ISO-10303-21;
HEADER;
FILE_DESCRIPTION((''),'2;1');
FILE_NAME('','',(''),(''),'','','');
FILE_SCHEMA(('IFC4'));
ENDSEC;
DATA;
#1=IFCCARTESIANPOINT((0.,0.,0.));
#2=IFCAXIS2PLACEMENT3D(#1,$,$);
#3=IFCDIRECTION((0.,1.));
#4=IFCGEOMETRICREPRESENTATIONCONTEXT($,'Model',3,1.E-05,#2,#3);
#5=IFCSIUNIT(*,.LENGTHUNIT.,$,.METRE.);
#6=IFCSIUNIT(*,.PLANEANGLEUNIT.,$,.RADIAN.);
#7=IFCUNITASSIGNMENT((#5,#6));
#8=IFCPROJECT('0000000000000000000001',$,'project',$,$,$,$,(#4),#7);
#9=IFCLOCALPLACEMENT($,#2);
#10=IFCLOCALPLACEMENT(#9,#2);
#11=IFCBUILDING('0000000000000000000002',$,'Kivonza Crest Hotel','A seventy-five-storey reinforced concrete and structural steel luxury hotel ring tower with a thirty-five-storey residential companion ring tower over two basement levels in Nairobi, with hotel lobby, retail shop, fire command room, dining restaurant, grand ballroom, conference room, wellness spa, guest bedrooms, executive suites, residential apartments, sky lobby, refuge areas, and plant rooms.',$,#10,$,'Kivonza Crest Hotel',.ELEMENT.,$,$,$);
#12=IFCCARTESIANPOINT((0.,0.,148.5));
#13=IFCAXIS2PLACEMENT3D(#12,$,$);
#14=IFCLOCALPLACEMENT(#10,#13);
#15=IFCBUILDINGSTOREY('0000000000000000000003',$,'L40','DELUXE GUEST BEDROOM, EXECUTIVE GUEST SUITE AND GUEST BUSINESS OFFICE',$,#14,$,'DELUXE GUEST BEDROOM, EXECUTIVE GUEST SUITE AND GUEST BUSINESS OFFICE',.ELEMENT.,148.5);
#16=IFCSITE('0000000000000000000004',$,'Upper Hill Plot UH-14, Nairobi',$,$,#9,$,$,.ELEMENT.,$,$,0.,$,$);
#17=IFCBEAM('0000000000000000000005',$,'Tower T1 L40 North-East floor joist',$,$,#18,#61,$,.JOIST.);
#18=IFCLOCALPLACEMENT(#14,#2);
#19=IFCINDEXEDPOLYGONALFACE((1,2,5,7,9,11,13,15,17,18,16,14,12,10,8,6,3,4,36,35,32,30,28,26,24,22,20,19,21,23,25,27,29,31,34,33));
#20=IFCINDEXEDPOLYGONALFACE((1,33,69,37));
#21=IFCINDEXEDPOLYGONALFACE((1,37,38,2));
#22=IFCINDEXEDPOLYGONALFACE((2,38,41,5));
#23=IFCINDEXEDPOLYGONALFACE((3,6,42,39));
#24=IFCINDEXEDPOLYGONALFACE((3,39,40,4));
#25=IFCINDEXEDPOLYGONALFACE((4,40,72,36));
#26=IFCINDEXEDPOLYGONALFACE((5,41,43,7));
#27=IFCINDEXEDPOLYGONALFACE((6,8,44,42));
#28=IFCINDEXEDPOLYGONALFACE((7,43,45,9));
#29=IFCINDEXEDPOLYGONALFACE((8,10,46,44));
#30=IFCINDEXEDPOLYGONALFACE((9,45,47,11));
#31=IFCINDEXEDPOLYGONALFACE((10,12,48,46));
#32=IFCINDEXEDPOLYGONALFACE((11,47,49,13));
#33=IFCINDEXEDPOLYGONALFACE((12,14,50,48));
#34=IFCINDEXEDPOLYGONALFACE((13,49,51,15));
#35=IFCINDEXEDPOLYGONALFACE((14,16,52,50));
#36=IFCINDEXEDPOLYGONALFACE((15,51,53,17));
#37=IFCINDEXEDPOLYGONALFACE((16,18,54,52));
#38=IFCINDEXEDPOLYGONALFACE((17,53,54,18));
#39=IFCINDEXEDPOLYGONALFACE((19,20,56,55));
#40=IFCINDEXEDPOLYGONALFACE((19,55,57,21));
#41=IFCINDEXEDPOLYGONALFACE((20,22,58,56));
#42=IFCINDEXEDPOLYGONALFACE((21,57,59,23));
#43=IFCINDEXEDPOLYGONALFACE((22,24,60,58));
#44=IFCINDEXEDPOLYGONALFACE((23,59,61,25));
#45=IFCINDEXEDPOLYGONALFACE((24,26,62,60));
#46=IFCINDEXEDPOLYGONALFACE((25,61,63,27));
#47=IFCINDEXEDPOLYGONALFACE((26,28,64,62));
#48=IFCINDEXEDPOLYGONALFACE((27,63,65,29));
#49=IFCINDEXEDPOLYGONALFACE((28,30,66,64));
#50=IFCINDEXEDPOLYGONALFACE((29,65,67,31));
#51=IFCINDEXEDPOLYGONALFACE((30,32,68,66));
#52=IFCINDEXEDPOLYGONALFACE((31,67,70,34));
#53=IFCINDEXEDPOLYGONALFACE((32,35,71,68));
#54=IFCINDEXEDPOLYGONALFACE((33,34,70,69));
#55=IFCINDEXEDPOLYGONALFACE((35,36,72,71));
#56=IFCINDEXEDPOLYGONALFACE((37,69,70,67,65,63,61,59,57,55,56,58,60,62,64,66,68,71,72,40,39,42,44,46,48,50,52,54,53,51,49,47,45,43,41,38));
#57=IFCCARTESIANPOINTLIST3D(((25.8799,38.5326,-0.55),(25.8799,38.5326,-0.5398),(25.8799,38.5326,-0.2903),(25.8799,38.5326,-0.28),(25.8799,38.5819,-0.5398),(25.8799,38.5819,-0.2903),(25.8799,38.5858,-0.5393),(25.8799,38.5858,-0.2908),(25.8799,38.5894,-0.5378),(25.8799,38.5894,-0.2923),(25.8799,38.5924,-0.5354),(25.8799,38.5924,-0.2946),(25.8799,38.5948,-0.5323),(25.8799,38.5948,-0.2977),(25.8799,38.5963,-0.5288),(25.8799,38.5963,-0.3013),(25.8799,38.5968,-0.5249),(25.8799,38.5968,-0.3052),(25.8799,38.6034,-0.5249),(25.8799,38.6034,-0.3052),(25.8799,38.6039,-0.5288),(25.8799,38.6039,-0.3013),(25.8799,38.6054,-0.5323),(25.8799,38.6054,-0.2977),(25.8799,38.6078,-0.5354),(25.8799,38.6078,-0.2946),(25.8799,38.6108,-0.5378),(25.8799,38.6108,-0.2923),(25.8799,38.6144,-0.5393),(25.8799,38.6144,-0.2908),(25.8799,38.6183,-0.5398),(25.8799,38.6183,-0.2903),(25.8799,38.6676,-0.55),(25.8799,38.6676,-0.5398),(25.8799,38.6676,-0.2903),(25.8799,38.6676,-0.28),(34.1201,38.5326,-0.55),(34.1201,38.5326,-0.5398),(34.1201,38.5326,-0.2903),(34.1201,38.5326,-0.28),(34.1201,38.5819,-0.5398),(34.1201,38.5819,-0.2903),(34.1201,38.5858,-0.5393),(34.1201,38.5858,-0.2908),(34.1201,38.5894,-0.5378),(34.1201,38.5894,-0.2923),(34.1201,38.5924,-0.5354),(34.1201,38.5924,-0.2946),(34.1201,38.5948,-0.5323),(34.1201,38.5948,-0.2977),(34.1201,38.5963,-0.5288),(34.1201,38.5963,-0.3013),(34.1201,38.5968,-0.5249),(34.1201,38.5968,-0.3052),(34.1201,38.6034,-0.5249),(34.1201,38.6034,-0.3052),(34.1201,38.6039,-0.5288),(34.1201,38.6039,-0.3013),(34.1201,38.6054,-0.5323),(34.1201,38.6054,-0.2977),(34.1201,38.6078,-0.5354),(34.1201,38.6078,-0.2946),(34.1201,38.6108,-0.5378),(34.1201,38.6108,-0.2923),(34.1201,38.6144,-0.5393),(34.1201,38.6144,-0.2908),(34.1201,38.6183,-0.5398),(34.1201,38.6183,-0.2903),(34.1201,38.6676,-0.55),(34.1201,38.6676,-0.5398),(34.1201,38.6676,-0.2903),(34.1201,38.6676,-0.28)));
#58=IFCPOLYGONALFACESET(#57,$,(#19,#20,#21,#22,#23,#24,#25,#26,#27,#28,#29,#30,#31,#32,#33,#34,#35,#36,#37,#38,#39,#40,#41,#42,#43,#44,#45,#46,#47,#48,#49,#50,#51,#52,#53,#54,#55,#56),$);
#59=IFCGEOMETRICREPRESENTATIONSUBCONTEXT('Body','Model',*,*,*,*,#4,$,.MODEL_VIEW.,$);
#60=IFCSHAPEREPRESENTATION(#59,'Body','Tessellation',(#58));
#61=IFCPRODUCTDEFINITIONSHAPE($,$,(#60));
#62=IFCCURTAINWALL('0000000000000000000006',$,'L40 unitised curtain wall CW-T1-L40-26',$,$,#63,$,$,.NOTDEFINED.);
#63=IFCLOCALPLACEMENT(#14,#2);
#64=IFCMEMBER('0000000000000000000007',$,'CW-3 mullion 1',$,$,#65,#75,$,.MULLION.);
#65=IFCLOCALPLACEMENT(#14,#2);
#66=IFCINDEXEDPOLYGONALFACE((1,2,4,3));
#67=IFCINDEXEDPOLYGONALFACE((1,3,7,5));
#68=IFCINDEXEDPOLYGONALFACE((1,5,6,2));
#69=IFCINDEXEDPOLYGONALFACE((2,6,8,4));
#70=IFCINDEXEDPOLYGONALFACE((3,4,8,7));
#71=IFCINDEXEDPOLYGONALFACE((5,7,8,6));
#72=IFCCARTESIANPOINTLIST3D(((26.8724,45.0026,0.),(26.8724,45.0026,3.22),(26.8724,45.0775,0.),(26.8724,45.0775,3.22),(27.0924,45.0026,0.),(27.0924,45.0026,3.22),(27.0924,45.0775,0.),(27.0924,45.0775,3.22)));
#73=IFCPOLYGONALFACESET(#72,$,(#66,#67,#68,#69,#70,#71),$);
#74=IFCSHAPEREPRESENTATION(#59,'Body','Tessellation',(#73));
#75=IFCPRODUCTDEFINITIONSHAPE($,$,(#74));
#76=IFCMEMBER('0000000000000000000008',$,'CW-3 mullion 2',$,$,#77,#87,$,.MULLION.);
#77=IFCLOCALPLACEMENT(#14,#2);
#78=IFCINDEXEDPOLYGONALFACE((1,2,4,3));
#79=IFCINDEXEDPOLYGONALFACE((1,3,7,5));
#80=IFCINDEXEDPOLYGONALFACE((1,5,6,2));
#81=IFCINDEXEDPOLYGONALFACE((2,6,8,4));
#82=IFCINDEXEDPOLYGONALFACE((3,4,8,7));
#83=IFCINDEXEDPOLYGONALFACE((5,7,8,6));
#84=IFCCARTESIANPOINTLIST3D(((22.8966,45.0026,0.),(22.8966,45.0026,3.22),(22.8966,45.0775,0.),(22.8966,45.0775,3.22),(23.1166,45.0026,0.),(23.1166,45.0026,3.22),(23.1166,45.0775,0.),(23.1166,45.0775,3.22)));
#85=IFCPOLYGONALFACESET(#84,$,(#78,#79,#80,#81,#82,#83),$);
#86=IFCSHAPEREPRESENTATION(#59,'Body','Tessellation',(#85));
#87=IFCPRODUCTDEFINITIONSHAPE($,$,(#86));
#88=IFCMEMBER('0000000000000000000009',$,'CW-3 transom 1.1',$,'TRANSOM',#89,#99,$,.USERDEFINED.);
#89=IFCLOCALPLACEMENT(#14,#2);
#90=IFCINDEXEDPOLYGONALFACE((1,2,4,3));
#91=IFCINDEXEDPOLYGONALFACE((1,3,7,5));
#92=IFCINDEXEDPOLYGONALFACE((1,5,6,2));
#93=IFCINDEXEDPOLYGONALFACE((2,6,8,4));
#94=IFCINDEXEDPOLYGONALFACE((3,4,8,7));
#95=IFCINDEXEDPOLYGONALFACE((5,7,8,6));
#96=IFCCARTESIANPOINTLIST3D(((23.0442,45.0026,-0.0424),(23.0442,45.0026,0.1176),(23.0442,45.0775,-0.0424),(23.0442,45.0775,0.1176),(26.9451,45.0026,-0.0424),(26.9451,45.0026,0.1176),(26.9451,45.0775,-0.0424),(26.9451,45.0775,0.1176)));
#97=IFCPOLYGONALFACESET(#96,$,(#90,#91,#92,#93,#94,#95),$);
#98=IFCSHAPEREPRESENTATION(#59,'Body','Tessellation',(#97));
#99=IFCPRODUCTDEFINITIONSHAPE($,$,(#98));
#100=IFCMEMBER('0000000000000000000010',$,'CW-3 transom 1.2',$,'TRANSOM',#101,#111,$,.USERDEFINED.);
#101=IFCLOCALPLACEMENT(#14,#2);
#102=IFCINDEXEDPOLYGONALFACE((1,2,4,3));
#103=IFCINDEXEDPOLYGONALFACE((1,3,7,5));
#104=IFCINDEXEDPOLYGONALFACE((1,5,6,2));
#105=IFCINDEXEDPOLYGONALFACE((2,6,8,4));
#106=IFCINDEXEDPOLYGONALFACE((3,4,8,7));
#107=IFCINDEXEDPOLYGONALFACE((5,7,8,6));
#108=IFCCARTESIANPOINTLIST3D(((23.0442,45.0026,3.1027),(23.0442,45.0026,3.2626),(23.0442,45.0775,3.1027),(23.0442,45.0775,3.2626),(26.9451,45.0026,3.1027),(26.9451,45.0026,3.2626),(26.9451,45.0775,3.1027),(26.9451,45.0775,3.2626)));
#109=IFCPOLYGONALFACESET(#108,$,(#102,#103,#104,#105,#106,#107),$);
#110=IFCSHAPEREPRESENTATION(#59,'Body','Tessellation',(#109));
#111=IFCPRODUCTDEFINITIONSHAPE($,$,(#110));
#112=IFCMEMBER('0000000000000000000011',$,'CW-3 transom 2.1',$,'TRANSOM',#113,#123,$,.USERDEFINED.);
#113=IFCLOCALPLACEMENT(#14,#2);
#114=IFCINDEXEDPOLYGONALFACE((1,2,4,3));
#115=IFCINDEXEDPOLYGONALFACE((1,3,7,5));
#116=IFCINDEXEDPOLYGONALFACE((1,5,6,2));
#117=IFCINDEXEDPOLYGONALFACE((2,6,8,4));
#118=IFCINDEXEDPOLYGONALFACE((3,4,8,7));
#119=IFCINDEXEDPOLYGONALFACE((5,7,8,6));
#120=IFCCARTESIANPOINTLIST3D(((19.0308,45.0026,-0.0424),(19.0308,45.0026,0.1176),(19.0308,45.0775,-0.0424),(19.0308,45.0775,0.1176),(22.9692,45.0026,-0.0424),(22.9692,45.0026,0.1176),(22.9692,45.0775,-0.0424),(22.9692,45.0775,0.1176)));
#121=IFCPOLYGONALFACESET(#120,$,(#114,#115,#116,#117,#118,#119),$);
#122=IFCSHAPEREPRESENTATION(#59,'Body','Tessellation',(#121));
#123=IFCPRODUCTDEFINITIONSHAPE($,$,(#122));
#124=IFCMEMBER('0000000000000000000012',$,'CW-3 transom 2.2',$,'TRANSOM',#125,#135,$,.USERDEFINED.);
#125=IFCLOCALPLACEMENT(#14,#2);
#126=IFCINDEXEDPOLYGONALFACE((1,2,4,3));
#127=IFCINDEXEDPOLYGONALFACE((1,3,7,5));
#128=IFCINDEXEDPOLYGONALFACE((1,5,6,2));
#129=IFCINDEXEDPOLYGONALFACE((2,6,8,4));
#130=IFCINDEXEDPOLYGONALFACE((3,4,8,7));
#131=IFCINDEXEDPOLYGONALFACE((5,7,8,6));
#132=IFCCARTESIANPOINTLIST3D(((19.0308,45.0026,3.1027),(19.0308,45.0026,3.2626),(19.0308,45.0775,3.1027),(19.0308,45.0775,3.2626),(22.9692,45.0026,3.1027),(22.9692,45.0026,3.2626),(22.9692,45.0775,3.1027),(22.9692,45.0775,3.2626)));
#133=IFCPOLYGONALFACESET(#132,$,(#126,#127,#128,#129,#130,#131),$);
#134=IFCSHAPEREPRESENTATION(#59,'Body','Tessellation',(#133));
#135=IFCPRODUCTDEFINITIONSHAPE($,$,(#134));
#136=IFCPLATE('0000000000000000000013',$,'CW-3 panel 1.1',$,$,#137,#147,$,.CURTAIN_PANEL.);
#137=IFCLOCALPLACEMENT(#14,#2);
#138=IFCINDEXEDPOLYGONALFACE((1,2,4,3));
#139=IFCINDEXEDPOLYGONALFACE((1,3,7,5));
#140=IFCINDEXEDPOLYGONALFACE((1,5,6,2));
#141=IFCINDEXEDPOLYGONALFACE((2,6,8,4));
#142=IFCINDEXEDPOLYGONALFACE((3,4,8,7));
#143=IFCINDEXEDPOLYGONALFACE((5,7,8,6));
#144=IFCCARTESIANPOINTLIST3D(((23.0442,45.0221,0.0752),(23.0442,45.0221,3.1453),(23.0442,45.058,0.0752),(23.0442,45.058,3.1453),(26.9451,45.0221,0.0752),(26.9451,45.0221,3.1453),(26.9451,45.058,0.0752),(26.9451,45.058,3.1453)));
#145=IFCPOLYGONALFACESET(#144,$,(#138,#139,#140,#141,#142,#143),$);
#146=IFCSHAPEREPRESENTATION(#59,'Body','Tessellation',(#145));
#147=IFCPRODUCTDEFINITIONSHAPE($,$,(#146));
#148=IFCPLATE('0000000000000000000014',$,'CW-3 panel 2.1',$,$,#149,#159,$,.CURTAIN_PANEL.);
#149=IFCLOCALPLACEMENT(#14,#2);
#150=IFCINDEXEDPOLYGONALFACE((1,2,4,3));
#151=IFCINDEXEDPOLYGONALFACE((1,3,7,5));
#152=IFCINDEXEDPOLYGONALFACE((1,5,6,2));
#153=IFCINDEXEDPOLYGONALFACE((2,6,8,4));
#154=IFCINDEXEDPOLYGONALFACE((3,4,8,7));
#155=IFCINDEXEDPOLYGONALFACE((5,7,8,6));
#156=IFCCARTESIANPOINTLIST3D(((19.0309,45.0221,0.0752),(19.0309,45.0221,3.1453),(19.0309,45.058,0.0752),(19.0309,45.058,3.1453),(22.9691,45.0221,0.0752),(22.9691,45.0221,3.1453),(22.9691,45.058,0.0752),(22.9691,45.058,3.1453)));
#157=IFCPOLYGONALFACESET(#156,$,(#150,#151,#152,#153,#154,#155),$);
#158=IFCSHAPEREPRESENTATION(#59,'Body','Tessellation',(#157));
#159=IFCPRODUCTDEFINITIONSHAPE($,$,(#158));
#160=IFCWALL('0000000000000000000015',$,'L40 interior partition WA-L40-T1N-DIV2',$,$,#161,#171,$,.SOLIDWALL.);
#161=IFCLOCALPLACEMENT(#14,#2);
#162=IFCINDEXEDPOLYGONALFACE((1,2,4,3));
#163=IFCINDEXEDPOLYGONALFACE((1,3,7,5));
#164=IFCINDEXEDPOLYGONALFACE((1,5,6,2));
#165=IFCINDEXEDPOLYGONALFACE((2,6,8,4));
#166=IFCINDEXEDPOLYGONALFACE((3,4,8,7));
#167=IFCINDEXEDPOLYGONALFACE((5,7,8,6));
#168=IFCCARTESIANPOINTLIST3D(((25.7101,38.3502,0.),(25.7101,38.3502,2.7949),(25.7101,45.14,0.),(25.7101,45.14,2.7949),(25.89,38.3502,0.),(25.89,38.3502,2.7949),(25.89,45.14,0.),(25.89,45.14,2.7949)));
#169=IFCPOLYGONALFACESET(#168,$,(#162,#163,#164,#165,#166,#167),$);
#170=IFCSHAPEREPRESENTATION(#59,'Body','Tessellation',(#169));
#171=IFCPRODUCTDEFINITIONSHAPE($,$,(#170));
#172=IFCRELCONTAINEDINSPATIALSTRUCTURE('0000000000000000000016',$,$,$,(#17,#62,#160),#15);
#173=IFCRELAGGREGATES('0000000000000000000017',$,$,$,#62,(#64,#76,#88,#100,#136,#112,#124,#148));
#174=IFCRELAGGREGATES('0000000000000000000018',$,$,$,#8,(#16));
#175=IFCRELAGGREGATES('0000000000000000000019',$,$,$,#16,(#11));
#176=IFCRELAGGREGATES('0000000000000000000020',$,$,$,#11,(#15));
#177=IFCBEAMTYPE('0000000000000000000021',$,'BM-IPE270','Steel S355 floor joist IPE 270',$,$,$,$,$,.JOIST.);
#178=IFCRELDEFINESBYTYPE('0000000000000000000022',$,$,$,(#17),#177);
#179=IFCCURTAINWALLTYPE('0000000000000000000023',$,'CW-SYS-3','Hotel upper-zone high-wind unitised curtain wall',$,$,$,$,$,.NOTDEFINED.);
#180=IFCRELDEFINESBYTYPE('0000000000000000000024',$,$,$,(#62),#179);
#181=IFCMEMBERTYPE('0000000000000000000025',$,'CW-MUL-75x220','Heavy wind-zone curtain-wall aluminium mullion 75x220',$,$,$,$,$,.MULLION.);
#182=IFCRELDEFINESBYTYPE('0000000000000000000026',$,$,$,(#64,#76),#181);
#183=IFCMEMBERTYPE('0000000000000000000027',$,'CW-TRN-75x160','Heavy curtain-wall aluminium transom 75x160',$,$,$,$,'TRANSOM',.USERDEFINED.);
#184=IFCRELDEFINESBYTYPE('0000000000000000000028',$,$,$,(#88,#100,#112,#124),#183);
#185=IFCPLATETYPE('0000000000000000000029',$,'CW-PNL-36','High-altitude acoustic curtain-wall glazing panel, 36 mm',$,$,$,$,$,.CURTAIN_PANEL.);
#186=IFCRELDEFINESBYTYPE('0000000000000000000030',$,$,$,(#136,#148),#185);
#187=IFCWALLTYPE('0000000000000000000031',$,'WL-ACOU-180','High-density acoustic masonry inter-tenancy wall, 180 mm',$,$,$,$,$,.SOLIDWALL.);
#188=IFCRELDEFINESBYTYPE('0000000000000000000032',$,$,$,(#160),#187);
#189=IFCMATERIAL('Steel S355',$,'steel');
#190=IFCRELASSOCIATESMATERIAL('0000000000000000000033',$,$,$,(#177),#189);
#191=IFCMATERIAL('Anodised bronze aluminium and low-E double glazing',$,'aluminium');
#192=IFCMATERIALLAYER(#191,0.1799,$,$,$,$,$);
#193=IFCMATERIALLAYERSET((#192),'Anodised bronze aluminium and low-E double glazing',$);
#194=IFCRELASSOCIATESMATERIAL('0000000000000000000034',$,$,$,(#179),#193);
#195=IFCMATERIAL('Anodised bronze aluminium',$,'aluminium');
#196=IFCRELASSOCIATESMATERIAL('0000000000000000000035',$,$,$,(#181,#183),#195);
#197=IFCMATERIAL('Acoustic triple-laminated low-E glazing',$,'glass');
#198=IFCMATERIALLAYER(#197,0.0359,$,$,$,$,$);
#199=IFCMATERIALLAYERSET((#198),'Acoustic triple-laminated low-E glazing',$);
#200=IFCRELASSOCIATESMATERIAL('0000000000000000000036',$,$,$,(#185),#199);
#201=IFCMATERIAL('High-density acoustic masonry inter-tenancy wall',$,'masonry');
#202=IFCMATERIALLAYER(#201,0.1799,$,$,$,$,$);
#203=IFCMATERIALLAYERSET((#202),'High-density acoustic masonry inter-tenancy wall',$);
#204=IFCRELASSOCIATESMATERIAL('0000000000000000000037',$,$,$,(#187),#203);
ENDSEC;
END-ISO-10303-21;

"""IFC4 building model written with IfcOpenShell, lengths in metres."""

from ifc_helpers import new_model, si_unit, direction, frame, frame_2d, origin, origin_2d, place, context, subcontext, project, spatial, rectangle, i_section, extrude, material, layer, layer_set, material_profile, profile_set, type_object, element, aggregate, save


model = new_model("IFC4")

# Units and contexts
model_context = context("Model", 3, precision=1e-05, world=origin(), true_north=direction((0.0, 1.0)))
body_context = subcontext(model_context, "Body", "Model", "MODEL_VIEW")
ifc_project = project(units=[si_unit("LENGTHUNIT", "METRE"), si_unit("PLANEANGLEUNIT", "RADIAN")], contexts=[model_context])

# Site, building, storey
site_placement = place(None, origin())
site = spatial("IfcSite", under=ifc_project, at=site_placement, Name="Upper Hill Plot UH-14, Nairobi", CompositionType="ELEMENT", RefElevation=0.0)
building_placement = place(site_placement, origin())
building = spatial("IfcBuilding", under=site, at=building_placement, Name="Kivonza Crest Hotel", Description="A seventy-five-storey reinforced concrete and structural steel luxury hotel ring tower with a thirty-five-storey residential companion ring tower over two basement levels in Nairobi, with hotel lobby, retail shop, fire command room, dining restaurant, grand ballroom, conference room, wellness spa, guest bedrooms, executive suites, residential apartments, sky lobby, refuge areas, and plant rooms.", LongName="Kivonza Crest Hotel", CompositionType="ELEMENT")
storey_placement = place(building_placement, frame((0.0, 0.0, 148.5)))
storey = spatial("IfcBuildingStorey", under=building, at=storey_placement, Name="L40", Description="DELUXE GUEST BEDROOM, EXECUTIVE GUEST SUITE AND GUEST BUSINESS OFFICE", LongName="DELUXE GUEST BEDROOM, EXECUTIVE GUEST SUITE AND GUEST BUSINESS OFFICE", CompositionType="ELEMENT", Elevation=148.5)

# Beam
ifc_material_1 = material(Name="Steel S355", Category="steel")
ifc_material_profile_1 = material_profile(ifc_material_1, i_section(OverallWidth=0.135, OverallDepth=0.27, WebThickness=0.0066, FlangeThickness=0.0103, FilletRadius=0.0149, at=origin_2d()), Name="IPE 270")
ifc_profile_set_1 = profile_set([ifc_material_profile_1], Name="Steel S355")
beam_type_1 = type_object("IfcBeamType", Name="BM-IPE270", Description="Steel S355 floor joist IPE 270", PredefinedType="JOIST", material=ifc_profile_set_1)
beam_1_placement = place(storey_placement, frame((25.8799, 38.6001, -0.415), z_axis=(1.0, 0.0, 0.0), x_axis=(0.0, 1.0, 0.0)))
element("IfcBeam", 1, at=beam_1_placement, inside=storey, type_object=beam_type_1, Name="Tower T1 L40 North-East floor joist", PredefinedType="JOIST", context=body_context, shape_type="SweptSolid", body=[
    extrude(i_section(OverallWidth=0.135, OverallDepth=0.27, WebThickness=0.0066, FlangeThickness=0.0103, FilletRadius=0.0149, at=origin_2d()), origin(), (0.0, 0.0, 1.0), 8.2402),
])

# Curtain wall, members, plates
ifc_material_2 = material(Name="Anodised bronze aluminium and low-E double glazing", Category="aluminium")
ifc_layer_1 = layer(ifc_material_2, 0.1799)
ifc_layer_set_1 = layer_set([ifc_layer_1], Name="Anodised bronze aluminium and low-E double glazing")
curtain_wall_type = type_object("IfcCurtainWallType", Name="CW-SYS-3", Description="Hotel upper-zone high-wind unitised curtain wall", PredefinedType="NOTDEFINED", material=ifc_layer_set_1)
curtain_wall_placement = place(storey_placement, origin())
curtain_wall = element("IfcCurtainWall", 2, at=curtain_wall_placement, inside=storey, type_object=curtain_wall_type, Name="L40 unitised curtain wall CW-T1-L40-26", PredefinedType="NOTDEFINED")
ifc_material_3 = material(Name="Anodised bronze aluminium", Category="aluminium")
ifc_material_profile_2 = material_profile(ifc_material_3, rectangle(XDim=0.075, YDim=0.22, at=origin_2d()), Name="CW-M 75x220")
ifc_profile_set_2 = profile_set([ifc_material_profile_2], Name="Anodised bronze aluminium")
member_type_1 = type_object("IfcMemberType", Name="CW-MUL-75x220", Description="Heavy wind-zone curtain-wall aluminium mullion 75x220", PredefinedType="MULLION", material=ifc_profile_set_2)
member_1_placement = place(storey_placement, frame((26.9824, 45.04, 0.0), z_axis=(0.0, 0.0, 1.0), x_axis=(0.0, -1.0, 0.0)))
member_1 = element("IfcMember", 3, at=member_1_placement, type_object=member_type_1, Name="CW-3 mullion 1", PredefinedType="MULLION", context=body_context, shape_type="SweptSolid", body=[
    extrude(rectangle(XDim=0.075, YDim=0.22, at=origin_2d()), origin(), (0.0, 0.0, 1.0), 3.22),
])
member_2_placement = place(storey_placement, frame((23.0066, 45.04, 0.0), z_axis=(0.0, 0.0, 1.0), x_axis=(0.0, -1.0, 0.0)))
member_2 = element("IfcMember", 4, at=member_2_placement, type_object=member_type_1, Name="CW-3 mullion 2", PredefinedType="MULLION", context=body_context, shape_type="SweptSolid", body=[
    extrude(rectangle(XDim=0.075, YDim=0.22, at=origin_2d()), origin(), (0.0, 0.0, 1.0), 3.22),
])
ifc_material_profile_3 = material_profile(ifc_material_3, rectangle(XDim=0.075, YDim=0.1599, at=origin_2d()), Name="CW-T 75x160")
ifc_profile_set_3 = profile_set([ifc_material_profile_3], Name="Anodised bronze aluminium")
member_type_2 = type_object("IfcMemberType", Name="CW-TRN-75x160", Description="Heavy curtain-wall aluminium transom 75x160", ElementType="TRANSOM", PredefinedType="USERDEFINED", material=ifc_profile_set_3)
member_3_placement = place(storey_placement, frame((26.9451, 45.04, 0.0376), z_axis=(-1.0, 0.0, 0.0), x_axis=(0.0, -1.0, 0.0)))
member_3 = element("IfcMember", 5, at=member_3_placement, type_object=member_type_2, Name="CW-3 transom 1.1", ObjectType="TRANSOM", PredefinedType="USERDEFINED", context=body_context, shape_type="SweptSolid", body=[
    extrude(rectangle(XDim=0.075, YDim=0.1599, at=origin_2d()), origin(), (0.0, 0.0, 1.0), 3.9009),
])
member_4_placement = place(storey_placement, frame((26.9451, 45.04, 3.1826), z_axis=(-1.0, 0.0, 0.0), x_axis=(0.0, -1.0, 0.0)))
member_4 = element("IfcMember", 6, at=member_4_placement, type_object=member_type_2, Name="CW-3 transom 1.2", ObjectType="TRANSOM", PredefinedType="USERDEFINED", context=body_context, shape_type="SweptSolid", body=[
    extrude(rectangle(XDim=0.075, YDim=0.1599, at=origin_2d()), origin(), (0.0, 0.0, 1.0), 3.9009),
])
member_5_placement = place(storey_placement, frame((22.9692, 45.04, 0.0376), z_axis=(-1.0, 0.0, 0.0), x_axis=(0.0, -1.0, 0.0)))
member_5 = element("IfcMember", 7, at=member_5_placement, type_object=member_type_2, Name="CW-3 transom 2.1", ObjectType="TRANSOM", PredefinedType="USERDEFINED", context=body_context, shape_type="SweptSolid", body=[
    extrude(rectangle(XDim=0.075, YDim=0.1599, at=origin_2d()), origin(), (0.0, 0.0, 1.0), 3.9385),
])
member_6_placement = place(storey_placement, frame((22.9692, 45.04, 3.1826), z_axis=(-1.0, 0.0, 0.0), x_axis=(0.0, -1.0, 0.0)))
member_6 = element("IfcMember", 8, at=member_6_placement, type_object=member_type_2, Name="CW-3 transom 2.2", ObjectType="TRANSOM", PredefinedType="USERDEFINED", context=body_context, shape_type="SweptSolid", body=[
    extrude(rectangle(XDim=0.075, YDim=0.1599, at=origin_2d()), origin(), (0.0, 0.0, 1.0), 3.9385),
])
ifc_material_4 = material(Name="Acoustic triple-laminated low-E glazing", Category="glass")
ifc_layer_2 = layer(ifc_material_4, 0.0359)
ifc_layer_set_2 = layer_set([ifc_layer_2], Name="Acoustic triple-laminated low-E glazing")
plate_type = type_object("IfcPlateType", Name="CW-PNL-36", Description="High-altitude acoustic curtain-wall glazing panel, 36 mm", PredefinedType="CURTAIN_PANEL", material=ifc_layer_set_2)
plate_1_placement = place(storey_placement, frame((24.9946, 45.04, 0.0752), z_axis=(0.0, 0.0, 1.0), x_axis=(-1.0, 0.0, 0.0)))
plate_1 = element("IfcPlate", 9, at=plate_1_placement, type_object=plate_type, Name="CW-3 panel 1.1", PredefinedType="CURTAIN_PANEL", context=body_context, shape_type="SweptSolid", body=[
    extrude(rectangle(XDim=3.9009, YDim=0.0359, at=origin_2d()), origin(), (0.0, 0.0, 1.0), 3.0701),
])
plate_2_placement = place(storey_placement, frame((21.0, 45.04, 0.0752), z_axis=(0.0, 0.0, 1.0), x_axis=(-1.0, 0.0, 0.0)))
plate_2 = element("IfcPlate", 10, at=plate_2_placement, type_object=plate_type, Name="CW-3 panel 2.1", PredefinedType="CURTAIN_PANEL", context=body_context, shape_type="SweptSolid", body=[
    extrude(rectangle(XDim=3.9382, YDim=0.0359, at=origin_2d()), origin(), (0.0, 0.0, 1.0), 3.0701),
])
aggregate(curtain_wall, [member_1, member_2, member_3, member_4, plate_1, member_5, member_6, plate_2])

# Wall
ifc_material_5 = material(Name="High-density acoustic masonry inter-tenancy wall", Category="masonry")
ifc_layer_3 = layer(ifc_material_5, 0.1799)
ifc_layer_set_3 = layer_set([ifc_layer_3], Name="High-density acoustic masonry inter-tenancy wall")
wall_type_1 = type_object("IfcWallType", Name="WL-ACOU-180", Description="High-density acoustic masonry inter-tenancy wall, 180 mm", PredefinedType="SOLIDWALL", material=ifc_layer_set_3)
wall_1_placement = place(storey_placement, frame((25.8, 38.3501, 0.0), z_axis=(0.0, 0.0, 1.0), x_axis=(0.0, 1.0, 0.0)))
element("IfcWall", 11, at=wall_1_placement, inside=storey, type_object=wall_type_1, Name="L40 interior partition WA-L40-T1N-DIV2", PredefinedType="SOLIDWALL", context=body_context, shape_type="SweptSolid", body=[
    extrude(rectangle(XDim=6.7898, YDim=0.1799, at=frame_2d((3.395, 0.0))), origin(), (0.0, 0.0, 1.0), 2.7949),
])

save(model, "model.ifc")
